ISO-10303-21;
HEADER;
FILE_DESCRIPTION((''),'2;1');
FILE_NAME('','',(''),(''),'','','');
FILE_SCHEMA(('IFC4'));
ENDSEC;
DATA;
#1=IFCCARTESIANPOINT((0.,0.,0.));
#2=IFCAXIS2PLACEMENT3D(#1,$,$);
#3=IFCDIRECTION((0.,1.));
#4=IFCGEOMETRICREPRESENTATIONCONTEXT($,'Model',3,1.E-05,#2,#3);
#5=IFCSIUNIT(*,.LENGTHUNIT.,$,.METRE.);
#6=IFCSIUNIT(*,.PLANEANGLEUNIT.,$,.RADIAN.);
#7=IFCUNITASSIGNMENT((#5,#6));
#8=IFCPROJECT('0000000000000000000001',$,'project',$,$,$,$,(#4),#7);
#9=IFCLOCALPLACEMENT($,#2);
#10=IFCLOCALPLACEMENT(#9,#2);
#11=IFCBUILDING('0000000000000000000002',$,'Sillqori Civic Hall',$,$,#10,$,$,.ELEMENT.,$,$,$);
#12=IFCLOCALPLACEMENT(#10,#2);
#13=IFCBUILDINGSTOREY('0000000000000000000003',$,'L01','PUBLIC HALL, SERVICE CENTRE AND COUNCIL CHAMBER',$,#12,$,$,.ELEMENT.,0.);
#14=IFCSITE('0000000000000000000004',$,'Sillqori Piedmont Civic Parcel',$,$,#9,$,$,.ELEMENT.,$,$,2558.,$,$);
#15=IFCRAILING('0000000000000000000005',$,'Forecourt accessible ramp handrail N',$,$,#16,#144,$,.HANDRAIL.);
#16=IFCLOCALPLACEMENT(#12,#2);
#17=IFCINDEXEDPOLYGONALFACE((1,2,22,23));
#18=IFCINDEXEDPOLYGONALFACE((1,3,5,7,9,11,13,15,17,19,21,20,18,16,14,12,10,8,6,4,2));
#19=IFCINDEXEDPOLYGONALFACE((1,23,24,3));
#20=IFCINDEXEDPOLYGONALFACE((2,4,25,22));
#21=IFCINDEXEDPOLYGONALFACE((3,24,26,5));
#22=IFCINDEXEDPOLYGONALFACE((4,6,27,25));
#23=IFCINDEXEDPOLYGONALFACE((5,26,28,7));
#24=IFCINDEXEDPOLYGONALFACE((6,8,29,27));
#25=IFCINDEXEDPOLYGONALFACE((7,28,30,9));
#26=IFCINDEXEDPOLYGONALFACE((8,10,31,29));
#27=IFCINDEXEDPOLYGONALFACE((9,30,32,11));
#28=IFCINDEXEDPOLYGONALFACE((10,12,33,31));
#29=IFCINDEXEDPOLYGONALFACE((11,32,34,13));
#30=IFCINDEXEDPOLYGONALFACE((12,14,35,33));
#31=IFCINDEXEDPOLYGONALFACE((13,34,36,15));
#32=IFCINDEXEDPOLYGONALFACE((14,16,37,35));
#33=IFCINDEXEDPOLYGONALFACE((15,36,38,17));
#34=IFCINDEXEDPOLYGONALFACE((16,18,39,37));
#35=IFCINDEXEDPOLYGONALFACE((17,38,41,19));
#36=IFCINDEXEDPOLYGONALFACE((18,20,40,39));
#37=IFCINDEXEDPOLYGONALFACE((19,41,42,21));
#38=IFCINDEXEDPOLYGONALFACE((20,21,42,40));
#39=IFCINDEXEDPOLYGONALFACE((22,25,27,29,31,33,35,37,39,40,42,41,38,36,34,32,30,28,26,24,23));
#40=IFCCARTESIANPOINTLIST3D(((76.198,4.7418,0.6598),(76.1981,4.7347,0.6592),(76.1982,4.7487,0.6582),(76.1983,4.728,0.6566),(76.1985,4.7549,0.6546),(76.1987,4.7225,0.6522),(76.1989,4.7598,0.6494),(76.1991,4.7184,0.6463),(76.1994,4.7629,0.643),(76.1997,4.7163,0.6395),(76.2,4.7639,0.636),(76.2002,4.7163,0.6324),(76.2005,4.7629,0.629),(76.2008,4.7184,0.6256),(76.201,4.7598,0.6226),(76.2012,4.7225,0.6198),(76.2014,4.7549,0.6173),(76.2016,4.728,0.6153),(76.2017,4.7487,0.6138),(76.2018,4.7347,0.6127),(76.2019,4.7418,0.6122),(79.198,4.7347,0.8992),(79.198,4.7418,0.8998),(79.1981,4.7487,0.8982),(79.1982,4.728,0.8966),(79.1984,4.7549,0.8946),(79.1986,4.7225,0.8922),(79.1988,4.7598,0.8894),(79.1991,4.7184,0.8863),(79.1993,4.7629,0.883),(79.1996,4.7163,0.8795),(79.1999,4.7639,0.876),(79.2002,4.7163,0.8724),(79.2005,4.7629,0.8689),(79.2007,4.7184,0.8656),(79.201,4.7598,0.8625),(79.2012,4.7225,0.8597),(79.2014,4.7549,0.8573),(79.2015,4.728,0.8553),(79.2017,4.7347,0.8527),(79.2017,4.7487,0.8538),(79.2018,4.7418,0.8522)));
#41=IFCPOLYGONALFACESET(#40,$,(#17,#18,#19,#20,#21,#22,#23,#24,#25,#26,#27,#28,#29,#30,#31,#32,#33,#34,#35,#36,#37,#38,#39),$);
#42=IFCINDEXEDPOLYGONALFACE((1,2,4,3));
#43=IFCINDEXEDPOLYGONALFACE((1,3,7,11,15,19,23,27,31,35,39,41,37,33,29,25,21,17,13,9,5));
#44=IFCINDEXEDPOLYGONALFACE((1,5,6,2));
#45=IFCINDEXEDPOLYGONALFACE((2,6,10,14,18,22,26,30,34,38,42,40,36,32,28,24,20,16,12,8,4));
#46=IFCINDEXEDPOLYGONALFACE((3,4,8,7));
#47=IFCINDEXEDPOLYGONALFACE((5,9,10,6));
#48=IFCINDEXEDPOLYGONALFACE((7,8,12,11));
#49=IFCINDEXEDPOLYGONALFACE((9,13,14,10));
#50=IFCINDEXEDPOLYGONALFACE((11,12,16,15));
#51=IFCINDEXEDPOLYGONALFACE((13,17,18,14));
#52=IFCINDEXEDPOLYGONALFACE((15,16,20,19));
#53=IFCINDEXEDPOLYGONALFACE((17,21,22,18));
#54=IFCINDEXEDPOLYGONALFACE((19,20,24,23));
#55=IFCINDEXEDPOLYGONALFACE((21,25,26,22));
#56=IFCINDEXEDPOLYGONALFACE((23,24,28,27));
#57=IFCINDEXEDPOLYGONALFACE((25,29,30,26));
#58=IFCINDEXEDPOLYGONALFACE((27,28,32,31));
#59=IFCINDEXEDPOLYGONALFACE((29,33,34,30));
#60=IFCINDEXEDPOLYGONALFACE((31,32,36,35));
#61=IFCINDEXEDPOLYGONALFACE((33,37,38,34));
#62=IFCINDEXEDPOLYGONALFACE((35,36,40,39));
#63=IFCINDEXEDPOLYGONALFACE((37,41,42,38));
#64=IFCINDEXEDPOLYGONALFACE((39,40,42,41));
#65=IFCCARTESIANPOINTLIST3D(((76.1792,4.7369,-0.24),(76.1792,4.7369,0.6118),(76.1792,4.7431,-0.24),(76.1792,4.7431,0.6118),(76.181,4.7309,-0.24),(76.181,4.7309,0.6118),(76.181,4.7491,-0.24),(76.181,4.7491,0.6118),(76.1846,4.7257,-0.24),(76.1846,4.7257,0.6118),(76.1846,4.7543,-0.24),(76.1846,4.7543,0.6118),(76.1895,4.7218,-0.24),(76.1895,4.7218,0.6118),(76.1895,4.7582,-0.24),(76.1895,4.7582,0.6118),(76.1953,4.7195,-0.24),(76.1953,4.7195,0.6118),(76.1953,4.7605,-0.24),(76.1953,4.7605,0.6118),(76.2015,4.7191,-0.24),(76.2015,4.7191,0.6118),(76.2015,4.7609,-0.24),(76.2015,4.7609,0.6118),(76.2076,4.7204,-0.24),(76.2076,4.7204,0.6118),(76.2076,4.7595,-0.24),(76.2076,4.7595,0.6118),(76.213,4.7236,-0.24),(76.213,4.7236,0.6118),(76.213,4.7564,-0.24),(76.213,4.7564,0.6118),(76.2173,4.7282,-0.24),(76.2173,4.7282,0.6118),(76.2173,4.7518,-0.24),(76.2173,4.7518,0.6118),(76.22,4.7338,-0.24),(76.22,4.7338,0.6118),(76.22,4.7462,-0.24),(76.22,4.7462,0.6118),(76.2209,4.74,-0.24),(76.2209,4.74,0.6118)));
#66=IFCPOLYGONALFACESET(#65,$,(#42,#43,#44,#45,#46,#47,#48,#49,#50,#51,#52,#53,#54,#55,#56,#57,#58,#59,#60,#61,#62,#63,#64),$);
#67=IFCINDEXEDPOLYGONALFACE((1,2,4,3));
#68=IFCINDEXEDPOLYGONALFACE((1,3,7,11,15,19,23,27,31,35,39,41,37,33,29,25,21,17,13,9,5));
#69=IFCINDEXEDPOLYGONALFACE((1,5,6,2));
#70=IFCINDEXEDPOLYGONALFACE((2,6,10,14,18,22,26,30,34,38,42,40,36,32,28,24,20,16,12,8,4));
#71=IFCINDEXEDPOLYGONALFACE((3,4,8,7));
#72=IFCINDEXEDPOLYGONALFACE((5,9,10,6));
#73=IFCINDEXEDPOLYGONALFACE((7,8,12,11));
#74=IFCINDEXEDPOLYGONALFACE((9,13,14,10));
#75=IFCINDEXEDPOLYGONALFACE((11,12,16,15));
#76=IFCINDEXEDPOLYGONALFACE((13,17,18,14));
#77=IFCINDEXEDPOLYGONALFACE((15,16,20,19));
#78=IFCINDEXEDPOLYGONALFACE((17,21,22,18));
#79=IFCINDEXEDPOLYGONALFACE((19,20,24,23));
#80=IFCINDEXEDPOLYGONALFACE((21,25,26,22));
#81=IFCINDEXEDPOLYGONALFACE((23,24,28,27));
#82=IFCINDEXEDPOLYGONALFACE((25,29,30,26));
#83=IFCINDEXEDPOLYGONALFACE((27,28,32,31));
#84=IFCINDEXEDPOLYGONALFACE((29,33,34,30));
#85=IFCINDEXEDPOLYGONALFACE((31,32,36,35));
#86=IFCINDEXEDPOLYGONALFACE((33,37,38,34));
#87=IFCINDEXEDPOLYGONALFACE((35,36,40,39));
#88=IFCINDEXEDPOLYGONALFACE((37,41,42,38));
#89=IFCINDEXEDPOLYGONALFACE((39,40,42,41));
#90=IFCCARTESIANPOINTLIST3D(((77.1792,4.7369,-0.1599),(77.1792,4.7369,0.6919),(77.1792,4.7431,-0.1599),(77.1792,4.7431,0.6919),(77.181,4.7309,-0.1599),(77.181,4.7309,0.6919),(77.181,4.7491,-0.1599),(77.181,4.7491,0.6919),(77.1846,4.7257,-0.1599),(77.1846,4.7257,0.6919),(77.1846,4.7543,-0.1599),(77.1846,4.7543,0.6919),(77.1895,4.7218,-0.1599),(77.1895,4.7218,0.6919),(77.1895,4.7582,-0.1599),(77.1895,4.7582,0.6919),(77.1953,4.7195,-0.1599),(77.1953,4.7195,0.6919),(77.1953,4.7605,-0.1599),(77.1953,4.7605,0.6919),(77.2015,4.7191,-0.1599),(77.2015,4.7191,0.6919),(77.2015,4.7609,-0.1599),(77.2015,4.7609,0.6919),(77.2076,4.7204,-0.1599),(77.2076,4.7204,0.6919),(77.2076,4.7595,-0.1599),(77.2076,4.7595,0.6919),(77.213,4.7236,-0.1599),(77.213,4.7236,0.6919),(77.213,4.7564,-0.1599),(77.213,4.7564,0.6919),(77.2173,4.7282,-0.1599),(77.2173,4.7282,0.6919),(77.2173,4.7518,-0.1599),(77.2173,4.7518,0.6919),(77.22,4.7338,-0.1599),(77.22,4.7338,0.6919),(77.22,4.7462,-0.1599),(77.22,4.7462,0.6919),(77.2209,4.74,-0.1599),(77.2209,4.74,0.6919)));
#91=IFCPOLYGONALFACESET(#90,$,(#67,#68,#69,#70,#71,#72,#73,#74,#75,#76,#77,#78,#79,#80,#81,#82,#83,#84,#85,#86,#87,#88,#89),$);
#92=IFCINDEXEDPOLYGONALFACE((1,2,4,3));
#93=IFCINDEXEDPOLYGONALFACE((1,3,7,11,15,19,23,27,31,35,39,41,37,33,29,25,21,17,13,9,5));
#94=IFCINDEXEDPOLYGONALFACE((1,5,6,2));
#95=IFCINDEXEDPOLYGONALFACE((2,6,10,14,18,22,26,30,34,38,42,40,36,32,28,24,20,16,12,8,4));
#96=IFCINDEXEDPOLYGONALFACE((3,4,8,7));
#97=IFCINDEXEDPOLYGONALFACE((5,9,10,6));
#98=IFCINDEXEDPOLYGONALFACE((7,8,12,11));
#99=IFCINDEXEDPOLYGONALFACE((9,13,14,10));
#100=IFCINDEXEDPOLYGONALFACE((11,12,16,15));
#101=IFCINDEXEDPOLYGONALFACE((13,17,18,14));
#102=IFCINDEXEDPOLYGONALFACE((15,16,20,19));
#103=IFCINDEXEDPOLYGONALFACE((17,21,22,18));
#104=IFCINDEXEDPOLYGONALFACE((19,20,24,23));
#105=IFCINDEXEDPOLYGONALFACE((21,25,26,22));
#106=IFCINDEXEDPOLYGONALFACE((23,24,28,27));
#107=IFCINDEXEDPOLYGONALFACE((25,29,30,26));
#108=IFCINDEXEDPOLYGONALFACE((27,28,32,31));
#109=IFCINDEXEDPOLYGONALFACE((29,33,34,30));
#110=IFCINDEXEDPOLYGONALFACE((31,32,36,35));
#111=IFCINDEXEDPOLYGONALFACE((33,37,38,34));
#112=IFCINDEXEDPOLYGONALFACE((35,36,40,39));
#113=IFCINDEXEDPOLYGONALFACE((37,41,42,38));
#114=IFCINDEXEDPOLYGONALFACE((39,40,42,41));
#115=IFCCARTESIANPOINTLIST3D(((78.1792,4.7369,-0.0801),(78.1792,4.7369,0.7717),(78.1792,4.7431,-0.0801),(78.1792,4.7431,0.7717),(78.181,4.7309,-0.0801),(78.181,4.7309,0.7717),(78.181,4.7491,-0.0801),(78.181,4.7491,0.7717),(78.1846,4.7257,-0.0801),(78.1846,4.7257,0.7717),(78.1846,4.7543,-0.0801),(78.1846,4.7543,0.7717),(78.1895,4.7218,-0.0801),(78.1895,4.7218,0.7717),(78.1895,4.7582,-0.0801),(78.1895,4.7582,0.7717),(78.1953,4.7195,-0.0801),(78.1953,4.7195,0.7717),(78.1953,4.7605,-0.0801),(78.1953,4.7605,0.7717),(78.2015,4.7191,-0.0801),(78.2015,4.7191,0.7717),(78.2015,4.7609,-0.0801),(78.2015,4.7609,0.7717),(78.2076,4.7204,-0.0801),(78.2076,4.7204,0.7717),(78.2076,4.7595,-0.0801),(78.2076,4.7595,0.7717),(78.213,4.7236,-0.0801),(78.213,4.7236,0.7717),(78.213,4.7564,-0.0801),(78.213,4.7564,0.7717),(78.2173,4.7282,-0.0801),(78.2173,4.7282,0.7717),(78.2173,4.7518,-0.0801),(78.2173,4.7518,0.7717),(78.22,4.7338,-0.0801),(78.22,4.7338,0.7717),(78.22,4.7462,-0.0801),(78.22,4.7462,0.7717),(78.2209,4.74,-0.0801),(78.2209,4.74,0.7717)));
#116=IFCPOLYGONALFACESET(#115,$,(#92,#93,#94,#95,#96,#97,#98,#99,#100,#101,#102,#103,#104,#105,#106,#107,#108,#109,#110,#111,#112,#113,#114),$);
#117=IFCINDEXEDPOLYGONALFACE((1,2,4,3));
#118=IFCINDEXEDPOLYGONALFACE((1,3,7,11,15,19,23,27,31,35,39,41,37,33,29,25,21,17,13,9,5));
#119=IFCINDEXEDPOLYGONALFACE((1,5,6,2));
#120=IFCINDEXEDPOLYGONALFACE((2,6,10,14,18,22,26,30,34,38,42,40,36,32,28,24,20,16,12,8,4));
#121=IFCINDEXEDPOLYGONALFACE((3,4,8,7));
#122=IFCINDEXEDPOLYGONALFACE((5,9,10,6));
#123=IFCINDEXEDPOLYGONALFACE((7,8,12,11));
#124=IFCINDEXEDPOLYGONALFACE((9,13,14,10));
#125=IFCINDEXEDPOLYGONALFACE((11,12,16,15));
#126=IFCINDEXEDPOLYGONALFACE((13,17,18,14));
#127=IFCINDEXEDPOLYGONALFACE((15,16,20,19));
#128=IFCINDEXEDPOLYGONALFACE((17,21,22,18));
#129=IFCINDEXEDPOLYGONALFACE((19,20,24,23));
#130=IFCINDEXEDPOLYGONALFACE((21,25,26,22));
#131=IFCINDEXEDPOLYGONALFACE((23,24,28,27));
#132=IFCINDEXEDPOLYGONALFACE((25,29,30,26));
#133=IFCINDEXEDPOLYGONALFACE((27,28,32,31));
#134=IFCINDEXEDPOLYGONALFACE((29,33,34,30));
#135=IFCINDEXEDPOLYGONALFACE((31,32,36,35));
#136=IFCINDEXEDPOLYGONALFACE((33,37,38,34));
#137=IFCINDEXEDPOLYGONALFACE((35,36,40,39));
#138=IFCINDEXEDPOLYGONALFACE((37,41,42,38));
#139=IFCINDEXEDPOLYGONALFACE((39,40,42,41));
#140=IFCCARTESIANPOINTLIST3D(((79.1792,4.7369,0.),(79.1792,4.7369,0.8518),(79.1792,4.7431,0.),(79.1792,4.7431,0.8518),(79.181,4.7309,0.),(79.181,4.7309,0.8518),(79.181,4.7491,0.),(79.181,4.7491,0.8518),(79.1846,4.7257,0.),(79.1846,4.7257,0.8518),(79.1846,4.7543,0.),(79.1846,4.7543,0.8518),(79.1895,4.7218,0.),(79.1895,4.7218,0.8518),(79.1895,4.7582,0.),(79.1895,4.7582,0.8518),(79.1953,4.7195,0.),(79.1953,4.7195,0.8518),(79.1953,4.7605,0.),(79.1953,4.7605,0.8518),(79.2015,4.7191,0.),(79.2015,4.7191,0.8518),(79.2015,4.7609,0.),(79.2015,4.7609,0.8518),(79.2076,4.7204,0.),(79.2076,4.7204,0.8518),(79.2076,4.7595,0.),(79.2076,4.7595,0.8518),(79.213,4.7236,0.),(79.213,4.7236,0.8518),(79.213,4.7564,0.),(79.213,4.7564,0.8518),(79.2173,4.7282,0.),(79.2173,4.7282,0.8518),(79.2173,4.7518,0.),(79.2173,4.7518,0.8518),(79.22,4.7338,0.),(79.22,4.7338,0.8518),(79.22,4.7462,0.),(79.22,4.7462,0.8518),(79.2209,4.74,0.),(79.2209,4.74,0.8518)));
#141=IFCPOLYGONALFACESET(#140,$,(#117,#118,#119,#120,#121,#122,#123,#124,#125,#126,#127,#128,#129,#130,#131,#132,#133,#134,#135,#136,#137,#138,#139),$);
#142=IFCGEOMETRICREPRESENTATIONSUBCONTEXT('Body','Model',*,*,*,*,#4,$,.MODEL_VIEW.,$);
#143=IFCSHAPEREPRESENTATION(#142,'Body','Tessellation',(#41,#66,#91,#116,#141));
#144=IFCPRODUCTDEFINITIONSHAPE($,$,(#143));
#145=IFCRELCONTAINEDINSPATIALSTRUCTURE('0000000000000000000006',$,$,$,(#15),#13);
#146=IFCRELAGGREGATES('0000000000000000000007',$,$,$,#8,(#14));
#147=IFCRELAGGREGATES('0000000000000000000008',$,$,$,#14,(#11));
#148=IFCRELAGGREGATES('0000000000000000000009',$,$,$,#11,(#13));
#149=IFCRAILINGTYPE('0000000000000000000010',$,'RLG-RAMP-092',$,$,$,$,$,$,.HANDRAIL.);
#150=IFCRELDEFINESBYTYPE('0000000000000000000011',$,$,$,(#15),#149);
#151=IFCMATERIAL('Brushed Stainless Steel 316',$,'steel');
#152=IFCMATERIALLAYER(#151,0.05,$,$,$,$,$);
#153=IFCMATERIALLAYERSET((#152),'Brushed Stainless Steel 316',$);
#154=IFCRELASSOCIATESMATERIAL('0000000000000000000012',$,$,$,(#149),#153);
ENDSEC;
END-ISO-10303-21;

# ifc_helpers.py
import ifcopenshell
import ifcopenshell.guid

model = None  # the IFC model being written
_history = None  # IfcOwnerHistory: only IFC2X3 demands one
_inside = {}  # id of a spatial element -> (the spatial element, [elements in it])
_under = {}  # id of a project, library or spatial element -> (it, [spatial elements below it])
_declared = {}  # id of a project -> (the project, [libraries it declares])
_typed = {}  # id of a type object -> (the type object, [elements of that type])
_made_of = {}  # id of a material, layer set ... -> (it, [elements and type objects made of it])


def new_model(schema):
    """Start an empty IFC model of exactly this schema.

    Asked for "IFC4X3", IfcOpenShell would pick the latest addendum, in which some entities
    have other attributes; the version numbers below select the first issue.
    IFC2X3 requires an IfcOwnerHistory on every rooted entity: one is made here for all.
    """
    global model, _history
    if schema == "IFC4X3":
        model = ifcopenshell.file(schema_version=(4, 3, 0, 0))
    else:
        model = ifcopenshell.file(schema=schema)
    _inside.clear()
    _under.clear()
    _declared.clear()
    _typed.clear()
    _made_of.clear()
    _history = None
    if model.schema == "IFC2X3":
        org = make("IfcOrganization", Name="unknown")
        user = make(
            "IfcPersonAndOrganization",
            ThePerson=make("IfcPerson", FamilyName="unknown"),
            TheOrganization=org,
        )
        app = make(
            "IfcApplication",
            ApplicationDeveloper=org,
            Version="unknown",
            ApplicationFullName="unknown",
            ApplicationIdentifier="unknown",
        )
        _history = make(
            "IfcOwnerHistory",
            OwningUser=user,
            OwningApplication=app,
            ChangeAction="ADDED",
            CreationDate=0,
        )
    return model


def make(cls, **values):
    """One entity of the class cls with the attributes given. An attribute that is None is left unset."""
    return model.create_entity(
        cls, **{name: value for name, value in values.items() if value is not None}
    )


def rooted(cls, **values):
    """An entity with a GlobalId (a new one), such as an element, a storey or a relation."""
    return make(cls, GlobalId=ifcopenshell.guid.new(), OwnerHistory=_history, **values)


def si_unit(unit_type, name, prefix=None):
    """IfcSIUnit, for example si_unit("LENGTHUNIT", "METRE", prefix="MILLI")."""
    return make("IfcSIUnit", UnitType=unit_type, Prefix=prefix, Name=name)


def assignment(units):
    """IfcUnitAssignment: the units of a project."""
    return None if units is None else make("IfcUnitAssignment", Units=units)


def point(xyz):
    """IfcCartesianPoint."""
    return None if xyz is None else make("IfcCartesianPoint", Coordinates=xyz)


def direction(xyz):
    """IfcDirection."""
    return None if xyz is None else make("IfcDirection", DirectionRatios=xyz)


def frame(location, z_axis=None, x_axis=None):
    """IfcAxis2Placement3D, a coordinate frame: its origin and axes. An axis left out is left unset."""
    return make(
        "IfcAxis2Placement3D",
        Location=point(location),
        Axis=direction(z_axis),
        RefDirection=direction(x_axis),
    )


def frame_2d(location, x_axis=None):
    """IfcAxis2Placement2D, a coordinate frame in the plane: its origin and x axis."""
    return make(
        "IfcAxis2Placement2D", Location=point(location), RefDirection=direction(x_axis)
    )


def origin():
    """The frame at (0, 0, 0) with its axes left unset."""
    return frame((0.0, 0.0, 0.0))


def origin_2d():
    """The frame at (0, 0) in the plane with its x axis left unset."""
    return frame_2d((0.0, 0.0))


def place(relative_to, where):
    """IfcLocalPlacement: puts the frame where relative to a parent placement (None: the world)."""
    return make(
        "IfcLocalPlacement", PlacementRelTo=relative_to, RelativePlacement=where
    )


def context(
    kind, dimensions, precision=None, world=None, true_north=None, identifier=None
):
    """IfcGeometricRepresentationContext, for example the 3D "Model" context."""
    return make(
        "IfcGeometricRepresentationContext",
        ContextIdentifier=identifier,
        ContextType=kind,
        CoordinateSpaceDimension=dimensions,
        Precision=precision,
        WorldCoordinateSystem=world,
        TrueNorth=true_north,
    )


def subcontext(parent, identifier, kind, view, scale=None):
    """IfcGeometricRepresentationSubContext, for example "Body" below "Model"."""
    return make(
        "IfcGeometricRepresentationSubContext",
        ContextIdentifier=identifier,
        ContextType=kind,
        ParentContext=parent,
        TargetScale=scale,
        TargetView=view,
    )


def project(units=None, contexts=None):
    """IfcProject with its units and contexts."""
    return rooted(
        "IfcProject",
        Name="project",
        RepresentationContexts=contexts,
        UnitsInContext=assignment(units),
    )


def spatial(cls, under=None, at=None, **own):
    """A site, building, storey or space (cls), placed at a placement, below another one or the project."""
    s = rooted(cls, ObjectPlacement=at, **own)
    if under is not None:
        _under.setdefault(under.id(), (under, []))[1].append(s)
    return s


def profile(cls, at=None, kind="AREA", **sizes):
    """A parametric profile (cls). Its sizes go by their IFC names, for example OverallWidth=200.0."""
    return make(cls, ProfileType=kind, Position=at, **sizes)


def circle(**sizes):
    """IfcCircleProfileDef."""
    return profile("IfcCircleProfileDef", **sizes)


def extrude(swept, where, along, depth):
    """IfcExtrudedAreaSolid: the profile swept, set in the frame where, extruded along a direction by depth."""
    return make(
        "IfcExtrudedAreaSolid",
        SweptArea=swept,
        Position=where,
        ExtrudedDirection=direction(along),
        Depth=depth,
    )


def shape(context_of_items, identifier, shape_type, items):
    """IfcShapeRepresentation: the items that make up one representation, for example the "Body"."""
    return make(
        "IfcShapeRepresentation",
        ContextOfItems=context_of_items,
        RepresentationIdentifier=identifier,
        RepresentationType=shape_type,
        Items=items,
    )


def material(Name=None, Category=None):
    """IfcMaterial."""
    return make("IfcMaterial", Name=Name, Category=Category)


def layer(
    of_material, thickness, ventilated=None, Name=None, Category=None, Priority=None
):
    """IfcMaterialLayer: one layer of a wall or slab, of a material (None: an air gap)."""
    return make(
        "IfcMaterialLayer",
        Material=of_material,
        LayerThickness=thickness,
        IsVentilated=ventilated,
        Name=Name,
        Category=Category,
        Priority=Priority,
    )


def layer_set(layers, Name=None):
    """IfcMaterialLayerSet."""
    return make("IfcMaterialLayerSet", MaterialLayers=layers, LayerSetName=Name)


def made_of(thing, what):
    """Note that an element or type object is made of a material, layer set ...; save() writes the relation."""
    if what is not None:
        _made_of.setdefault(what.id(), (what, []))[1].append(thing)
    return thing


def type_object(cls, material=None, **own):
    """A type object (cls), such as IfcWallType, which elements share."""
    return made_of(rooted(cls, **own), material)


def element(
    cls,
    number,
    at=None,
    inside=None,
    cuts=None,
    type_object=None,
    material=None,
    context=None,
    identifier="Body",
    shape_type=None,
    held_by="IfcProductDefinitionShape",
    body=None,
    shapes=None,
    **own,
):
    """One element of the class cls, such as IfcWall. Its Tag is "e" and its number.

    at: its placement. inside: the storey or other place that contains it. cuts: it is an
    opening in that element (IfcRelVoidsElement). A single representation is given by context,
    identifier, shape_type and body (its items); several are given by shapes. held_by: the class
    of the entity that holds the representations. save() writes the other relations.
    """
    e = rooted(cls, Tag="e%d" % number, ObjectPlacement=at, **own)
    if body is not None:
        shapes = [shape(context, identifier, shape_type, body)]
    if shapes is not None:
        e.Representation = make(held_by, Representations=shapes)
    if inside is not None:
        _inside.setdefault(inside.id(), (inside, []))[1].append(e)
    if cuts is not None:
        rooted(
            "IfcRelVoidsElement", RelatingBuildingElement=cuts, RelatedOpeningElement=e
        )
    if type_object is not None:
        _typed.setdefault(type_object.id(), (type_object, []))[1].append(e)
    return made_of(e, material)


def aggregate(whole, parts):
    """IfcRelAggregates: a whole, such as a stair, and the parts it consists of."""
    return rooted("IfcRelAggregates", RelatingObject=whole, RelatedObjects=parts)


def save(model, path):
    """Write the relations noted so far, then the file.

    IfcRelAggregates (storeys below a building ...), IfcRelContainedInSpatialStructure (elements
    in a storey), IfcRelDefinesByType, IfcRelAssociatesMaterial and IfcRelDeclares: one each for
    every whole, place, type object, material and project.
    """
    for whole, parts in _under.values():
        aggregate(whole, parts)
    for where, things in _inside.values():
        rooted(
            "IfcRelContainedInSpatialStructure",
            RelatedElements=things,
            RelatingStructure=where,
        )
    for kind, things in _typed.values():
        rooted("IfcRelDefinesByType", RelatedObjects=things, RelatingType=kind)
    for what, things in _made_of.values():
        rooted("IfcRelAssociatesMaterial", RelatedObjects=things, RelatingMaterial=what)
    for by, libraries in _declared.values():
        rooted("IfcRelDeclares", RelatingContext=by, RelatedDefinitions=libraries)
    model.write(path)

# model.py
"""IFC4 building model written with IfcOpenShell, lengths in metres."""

from ifc_helpers import new_model, si_unit, direction, frame, origin, origin_2d, place, context, subcontext, project, spatial, circle, extrude, material, layer, layer_set, type_object, element, save


model = new_model("IFC4")

# Units and contexts
model_context = context("Model", 3, precision=1e-05, world=origin(), true_north=direction((0.0, 1.0)))
body_context = subcontext(model_context, "Body", "Model", "MODEL_VIEW")
ifc_project = project(units=[si_unit("LENGTHUNIT", "METRE"), si_unit("PLANEANGLEUNIT", "RADIAN")], contexts=[model_context])

# Site, building, storey
site_placement = place(None, origin())
site = spatial("IfcSite", under=ifc_project, at=site_placement, Name="Sillqori Piedmont Civic Parcel", CompositionType="ELEMENT", RefElevation=2558.0)
building_placement = place(site_placement, origin())
building = spatial("IfcBuilding", under=site, at=building_placement, Name="Sillqori Civic Hall", CompositionType="ELEMENT")
storey_placement = place(building_placement, origin())
storey = spatial("IfcBuildingStorey", under=building, at=storey_placement, Name="L01", Description="PUBLIC HALL, SERVICE CENTRE AND COUNCIL CHAMBER", CompositionType="ELEMENT", Elevation=0.0)

# Railing
ifc_material_1 = material(Name="Brushed Stainless Steel 316", Category="steel")
ifc_layer_1 = layer(ifc_material_1, 0.05)
ifc_layer_set_1 = layer_set([ifc_layer_1], Name="Brushed Stainless Steel 316")
railing_type = type_object("IfcRailingType", Name="RLG-RAMP-092", PredefinedType="HANDRAIL", material=ifc_layer_set_1)
for number, where, name in (
    (1, (76.2, 4.74, -0.24), "Forecourt accessible ramp handrail N"),
):
    element("IfcRailing", number, at=place(storey_placement, frame(where)), inside=storey, type_object=railing_type, Name=name, PredefinedType="HANDRAIL", context=body_context, shape_type="SweptSolid", body=[
        extrude(circle(Radius=0.0239, at=origin_2d()), frame((0.0, 0.0, 0.876), z_axis=(0.996816, 0.0, 0.079742), x_axis=(0.0, 1.0, 0.0)), (0.0, 0.0, 1.0), 3.0095),
        extrude(circle(Radius=0.021, at=origin_2d()), origin(), (0.0, 0.0, 1.0), 0.8518),
        extrude(circle(Radius=0.021, at=origin_2d()), frame((1.0, 0.0, 0.0801)), (0.0, 0.0, 1.0), 0.8518),
        extrude(circle(Radius=0.021, at=origin_2d()), frame((2.0, 0.0, 0.1599)), (0.0, 0.0, 1.0), 0.8518),
        extrude(circle(Radius=0.021, at=origin_2d()), frame((3.0, 0.0, 0.24)), (0.0, 0.0, 1.0), 0.8518),
    ])

save(model, "model.ifc")
